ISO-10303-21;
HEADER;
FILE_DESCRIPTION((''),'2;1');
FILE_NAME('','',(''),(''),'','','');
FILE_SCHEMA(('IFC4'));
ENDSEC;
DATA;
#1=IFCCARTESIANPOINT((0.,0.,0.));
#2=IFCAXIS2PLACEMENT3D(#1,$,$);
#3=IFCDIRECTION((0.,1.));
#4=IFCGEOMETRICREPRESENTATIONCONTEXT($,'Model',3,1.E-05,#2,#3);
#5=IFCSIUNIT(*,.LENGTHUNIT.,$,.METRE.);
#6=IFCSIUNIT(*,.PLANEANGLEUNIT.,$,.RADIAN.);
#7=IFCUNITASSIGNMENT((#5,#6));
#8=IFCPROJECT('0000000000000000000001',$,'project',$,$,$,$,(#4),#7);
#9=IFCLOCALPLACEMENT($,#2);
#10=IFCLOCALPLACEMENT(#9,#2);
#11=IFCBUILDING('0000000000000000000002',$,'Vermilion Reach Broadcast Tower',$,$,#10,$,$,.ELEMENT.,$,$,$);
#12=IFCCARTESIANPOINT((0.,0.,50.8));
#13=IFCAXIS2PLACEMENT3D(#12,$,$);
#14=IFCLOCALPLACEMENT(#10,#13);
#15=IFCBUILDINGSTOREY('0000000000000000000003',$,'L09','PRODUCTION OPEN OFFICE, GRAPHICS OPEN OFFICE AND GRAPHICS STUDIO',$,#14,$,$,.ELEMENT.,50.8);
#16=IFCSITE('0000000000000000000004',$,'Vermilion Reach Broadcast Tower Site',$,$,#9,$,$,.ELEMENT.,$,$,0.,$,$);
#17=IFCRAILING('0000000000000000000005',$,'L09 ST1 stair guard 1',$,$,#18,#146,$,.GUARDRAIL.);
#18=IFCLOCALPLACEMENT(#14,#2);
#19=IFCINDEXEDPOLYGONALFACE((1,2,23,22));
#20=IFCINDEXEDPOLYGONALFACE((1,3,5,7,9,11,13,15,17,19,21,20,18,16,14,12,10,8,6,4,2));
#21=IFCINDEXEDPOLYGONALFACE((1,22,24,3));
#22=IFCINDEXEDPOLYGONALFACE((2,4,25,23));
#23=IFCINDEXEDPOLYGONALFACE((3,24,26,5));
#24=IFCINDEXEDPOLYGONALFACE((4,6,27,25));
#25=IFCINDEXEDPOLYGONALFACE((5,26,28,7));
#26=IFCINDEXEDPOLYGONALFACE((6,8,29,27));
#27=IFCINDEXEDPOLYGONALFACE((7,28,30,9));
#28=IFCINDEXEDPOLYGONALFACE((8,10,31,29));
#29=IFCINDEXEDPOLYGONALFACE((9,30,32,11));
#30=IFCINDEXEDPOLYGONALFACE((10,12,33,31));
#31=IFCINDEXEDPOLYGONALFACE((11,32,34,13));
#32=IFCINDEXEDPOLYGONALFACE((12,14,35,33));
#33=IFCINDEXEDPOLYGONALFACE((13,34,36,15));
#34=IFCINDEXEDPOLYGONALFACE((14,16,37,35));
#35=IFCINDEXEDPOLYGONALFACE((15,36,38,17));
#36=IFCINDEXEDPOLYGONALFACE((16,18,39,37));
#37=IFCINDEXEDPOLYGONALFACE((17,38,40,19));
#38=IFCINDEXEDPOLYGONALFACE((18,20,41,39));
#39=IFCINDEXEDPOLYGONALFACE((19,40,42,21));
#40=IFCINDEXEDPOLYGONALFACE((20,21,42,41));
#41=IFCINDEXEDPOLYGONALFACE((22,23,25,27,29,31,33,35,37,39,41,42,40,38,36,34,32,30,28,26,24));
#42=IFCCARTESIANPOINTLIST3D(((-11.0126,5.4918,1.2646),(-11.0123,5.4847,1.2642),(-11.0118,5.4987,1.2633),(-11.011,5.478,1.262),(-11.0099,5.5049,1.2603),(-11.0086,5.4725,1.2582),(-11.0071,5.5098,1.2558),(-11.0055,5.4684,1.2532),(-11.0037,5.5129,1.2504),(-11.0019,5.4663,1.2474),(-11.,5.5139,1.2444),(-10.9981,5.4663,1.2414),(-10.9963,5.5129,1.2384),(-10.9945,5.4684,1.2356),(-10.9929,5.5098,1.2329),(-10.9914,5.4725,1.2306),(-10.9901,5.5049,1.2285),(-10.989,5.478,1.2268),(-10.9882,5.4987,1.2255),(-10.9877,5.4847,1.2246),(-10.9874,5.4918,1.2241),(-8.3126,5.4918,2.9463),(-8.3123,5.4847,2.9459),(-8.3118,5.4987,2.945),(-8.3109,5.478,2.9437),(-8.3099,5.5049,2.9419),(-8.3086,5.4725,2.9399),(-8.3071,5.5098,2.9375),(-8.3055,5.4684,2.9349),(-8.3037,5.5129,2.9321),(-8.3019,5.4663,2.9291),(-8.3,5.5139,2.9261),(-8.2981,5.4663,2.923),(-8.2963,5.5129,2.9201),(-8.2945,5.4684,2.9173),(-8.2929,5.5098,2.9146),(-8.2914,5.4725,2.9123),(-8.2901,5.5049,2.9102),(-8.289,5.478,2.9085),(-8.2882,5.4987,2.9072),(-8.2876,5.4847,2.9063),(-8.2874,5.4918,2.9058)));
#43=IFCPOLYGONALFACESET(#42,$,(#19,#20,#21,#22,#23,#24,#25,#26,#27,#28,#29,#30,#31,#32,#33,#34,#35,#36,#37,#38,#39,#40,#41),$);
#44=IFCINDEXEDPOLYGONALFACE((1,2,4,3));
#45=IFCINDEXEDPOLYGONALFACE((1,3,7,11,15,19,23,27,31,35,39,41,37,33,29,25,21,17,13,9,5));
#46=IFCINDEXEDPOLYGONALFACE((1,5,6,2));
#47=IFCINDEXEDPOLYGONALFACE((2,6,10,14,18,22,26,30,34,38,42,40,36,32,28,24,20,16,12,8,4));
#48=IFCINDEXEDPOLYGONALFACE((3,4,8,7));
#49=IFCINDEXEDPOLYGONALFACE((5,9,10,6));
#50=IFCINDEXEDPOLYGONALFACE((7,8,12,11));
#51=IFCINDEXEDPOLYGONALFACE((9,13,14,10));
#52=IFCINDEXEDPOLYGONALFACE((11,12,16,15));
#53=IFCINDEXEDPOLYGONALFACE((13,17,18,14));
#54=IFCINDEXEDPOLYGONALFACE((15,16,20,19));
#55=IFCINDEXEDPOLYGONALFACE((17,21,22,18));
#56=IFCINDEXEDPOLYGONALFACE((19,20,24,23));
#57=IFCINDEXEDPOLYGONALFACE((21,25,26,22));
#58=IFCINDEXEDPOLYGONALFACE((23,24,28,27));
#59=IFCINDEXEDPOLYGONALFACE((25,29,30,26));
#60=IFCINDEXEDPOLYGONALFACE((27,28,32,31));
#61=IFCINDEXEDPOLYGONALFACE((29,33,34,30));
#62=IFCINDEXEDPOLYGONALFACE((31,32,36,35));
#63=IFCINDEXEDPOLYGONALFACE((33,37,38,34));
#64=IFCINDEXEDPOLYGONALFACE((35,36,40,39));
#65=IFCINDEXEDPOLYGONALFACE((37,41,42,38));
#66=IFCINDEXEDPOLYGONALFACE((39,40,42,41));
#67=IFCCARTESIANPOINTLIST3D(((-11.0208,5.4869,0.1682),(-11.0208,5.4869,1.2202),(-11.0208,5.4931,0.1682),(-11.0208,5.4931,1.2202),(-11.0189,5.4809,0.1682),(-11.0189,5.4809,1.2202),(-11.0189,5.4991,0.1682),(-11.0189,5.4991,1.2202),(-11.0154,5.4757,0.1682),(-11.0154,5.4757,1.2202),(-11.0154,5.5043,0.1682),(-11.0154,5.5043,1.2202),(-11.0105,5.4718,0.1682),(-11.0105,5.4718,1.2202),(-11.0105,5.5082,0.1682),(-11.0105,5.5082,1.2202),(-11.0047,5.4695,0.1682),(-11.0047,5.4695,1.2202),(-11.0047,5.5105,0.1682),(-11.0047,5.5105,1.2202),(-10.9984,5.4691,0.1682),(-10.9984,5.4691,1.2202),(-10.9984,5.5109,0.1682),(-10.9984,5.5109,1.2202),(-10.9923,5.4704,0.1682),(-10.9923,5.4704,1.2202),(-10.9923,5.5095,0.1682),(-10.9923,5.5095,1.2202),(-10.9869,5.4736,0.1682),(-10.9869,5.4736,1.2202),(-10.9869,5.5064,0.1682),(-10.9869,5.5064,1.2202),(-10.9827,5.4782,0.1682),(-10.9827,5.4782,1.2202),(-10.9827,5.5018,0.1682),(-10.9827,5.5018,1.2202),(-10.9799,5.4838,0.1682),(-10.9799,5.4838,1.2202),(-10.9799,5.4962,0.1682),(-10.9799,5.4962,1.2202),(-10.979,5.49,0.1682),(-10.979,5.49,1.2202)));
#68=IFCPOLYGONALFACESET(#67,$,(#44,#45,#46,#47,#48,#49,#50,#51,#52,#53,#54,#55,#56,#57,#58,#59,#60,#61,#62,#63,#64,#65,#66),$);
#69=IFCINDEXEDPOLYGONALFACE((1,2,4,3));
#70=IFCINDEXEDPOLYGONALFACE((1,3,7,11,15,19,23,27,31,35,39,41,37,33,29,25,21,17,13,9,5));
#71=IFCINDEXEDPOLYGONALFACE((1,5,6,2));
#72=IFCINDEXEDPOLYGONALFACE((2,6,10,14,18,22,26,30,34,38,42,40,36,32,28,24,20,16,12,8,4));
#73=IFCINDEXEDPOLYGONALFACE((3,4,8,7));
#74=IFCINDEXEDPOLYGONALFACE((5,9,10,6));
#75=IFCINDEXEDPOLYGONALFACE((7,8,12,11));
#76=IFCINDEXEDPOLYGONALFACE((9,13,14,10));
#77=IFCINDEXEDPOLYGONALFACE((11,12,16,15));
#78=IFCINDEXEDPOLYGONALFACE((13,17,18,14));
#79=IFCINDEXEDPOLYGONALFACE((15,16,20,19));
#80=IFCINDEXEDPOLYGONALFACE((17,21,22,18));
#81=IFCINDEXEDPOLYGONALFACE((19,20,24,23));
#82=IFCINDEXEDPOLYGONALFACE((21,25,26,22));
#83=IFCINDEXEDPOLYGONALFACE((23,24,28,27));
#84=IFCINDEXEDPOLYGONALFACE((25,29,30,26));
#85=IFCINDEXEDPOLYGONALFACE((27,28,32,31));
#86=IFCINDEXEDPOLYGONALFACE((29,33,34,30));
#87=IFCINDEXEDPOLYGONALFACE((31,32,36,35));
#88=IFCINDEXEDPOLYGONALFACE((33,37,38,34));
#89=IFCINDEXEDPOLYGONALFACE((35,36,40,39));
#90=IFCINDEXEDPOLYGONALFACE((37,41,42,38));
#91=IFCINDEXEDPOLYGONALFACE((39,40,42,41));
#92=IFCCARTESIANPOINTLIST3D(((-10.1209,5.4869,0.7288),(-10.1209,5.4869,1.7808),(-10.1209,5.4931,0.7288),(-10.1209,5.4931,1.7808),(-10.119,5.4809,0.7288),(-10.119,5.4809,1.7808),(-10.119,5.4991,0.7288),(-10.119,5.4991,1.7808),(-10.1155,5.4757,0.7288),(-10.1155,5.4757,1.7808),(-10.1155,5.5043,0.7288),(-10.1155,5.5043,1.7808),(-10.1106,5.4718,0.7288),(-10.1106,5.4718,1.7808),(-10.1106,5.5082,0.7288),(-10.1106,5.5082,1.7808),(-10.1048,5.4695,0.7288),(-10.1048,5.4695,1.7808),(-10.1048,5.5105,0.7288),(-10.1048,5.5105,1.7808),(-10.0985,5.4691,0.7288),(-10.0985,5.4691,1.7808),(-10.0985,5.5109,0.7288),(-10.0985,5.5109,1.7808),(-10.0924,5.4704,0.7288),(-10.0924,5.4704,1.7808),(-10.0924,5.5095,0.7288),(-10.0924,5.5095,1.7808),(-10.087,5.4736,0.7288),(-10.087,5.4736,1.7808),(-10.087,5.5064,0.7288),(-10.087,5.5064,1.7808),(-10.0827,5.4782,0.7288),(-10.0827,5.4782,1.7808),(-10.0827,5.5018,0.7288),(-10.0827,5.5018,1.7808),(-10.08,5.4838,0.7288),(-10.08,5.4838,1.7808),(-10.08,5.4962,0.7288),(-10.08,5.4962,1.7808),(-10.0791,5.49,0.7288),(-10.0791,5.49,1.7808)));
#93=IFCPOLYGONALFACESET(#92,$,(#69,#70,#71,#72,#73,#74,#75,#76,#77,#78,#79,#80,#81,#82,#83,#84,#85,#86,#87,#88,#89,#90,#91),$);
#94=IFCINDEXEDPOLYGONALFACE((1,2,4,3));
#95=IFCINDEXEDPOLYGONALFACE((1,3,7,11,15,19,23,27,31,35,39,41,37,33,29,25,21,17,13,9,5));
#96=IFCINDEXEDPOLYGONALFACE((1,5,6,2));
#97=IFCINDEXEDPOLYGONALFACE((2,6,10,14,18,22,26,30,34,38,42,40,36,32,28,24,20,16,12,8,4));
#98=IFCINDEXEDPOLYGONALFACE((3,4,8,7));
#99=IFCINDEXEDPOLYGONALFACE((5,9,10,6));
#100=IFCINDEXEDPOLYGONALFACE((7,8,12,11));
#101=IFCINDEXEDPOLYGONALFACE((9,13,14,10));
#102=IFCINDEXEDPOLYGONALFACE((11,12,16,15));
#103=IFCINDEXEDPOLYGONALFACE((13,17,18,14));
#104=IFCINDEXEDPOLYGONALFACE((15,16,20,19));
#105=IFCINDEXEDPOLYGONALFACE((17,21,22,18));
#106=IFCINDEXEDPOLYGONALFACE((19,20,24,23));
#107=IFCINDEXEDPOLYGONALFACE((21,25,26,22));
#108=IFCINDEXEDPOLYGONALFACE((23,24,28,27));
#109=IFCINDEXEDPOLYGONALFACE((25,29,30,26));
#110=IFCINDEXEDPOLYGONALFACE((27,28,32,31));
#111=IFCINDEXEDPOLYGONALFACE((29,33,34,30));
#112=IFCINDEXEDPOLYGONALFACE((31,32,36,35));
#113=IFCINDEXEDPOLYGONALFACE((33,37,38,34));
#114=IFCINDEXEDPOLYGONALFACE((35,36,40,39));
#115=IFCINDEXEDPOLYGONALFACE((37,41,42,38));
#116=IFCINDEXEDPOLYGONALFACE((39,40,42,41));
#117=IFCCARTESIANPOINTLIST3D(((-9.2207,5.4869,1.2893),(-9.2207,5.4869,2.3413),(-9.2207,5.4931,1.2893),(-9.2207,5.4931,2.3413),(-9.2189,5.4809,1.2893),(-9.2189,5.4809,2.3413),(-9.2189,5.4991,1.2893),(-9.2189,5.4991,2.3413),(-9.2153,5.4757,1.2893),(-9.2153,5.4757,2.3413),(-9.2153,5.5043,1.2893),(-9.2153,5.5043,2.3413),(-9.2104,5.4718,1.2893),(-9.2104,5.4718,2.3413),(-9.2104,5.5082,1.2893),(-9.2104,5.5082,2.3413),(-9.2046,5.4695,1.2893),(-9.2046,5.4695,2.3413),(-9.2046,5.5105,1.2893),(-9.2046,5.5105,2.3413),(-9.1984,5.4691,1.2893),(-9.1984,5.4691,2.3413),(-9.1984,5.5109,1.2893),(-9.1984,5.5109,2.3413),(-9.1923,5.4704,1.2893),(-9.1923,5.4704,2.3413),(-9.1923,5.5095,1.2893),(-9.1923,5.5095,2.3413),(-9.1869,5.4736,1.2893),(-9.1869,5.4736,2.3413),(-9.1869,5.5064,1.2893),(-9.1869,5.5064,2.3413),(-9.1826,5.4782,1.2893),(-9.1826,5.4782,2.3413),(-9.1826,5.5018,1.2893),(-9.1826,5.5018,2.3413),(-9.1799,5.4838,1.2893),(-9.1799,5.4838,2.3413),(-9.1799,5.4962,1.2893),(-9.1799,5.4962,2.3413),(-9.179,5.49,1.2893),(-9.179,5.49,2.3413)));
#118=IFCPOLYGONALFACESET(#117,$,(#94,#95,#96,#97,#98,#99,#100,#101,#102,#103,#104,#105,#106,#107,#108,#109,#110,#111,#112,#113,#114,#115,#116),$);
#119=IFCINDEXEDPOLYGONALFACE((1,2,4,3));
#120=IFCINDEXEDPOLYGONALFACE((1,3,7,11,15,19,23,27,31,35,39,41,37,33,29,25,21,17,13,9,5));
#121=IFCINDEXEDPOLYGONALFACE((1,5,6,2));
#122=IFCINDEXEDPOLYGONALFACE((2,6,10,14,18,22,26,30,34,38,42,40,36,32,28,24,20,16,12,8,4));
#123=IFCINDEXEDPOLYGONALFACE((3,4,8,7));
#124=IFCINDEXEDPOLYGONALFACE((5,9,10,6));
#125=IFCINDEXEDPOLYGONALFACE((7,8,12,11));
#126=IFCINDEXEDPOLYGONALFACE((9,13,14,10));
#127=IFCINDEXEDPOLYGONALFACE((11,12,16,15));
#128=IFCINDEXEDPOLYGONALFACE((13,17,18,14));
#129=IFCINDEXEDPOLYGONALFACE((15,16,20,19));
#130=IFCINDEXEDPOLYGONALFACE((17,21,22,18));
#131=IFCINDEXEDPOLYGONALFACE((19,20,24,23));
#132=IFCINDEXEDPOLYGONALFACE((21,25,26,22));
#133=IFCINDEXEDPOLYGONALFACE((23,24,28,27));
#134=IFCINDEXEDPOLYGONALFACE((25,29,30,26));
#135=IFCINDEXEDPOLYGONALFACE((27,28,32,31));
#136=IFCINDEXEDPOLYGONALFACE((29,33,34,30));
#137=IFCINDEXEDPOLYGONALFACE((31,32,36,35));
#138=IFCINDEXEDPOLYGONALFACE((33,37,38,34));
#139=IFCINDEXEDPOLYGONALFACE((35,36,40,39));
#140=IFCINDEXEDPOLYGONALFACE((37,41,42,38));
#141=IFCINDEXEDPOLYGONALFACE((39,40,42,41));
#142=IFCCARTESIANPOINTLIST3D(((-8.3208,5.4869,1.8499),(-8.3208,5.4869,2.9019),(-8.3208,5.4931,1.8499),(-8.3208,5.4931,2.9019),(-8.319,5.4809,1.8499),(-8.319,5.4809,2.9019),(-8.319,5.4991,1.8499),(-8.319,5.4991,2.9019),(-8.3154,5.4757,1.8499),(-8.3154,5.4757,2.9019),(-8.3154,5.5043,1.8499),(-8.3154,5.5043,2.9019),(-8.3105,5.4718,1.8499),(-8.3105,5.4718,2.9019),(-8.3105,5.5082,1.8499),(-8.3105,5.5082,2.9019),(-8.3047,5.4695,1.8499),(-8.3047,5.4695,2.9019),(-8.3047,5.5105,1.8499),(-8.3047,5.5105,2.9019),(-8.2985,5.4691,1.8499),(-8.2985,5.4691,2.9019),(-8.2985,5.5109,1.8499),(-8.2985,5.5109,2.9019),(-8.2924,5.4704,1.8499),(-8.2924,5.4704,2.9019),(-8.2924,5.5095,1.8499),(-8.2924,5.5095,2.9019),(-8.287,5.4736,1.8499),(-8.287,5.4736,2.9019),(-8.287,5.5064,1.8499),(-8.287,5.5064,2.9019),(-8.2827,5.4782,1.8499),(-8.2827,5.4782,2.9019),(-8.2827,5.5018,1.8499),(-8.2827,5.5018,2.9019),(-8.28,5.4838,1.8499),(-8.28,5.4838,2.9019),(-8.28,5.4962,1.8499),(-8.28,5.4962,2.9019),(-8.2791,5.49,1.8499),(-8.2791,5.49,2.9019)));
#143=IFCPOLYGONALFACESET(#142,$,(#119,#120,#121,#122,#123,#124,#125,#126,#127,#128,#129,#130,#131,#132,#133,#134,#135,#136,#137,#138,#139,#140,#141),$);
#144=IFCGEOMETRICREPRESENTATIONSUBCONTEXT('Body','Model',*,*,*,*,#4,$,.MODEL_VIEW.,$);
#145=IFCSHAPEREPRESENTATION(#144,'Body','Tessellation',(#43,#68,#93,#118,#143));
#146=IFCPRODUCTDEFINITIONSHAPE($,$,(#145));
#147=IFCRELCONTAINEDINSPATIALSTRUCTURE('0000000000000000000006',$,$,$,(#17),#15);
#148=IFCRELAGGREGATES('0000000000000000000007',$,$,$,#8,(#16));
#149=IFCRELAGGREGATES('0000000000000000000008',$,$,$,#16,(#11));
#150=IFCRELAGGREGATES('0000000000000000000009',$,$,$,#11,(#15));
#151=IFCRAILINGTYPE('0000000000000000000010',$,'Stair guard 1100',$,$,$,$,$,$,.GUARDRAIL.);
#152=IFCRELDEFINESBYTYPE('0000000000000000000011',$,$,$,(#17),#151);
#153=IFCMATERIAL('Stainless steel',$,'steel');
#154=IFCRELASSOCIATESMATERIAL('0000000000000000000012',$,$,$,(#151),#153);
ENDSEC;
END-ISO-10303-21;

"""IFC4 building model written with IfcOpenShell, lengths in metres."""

from ifc_helpers import new_model, si_unit, direction, frame, origin, origin_2d, place, context, subcontext, project, spatial, circle, extrude, material, type_object, element, save


model = new_model("IFC4")

# Units and contexts
model_context = context("Model", 3, precision=1e-05, world=origin(), true_north=direction((0.0, 1.0)))
body_context = subcontext(model_context, "Body", "Model", "MODEL_VIEW")
ifc_project = project(units=[si_unit("LENGTHUNIT", "METRE"), si_unit("PLANEANGLEUNIT", "RADIAN")], contexts=[model_context])

# Site, building, storey
site_placement = place(None, origin())
site = spatial("IfcSite", under=ifc_project, at=site_placement, Name="Vermilion Reach Broadcast Tower Site", CompositionType="ELEMENT", RefElevation=0.0)
building_placement = place(site_placement, origin())
building = spatial("IfcBuilding", under=site, at=building_placement, Name="Vermilion Reach Broadcast Tower", CompositionType="ELEMENT")
storey_placement = place(building_placement, frame((0.0, 0.0, 50.8)))
storey = spatial("IfcBuildingStorey", under=building, at=storey_placement, Name="L09", Description="PRODUCTION OPEN OFFICE, GRAPHICS OPEN OFFICE AND GRAPHICS STUDIO", CompositionType="ELEMENT", Elevation=50.8)

# Railing
ifc_material_1 = material(Name="Stainless steel", Category="steel")
railing_type_1 = type_object("IfcRailingType", Name="Stair guard 1100", PredefinedType="GUARDRAIL", material=ifc_material_1)
railing_1_placement = place(storey_placement, frame((-11.0, 5.49, 0.1682)))
element("IfcRailing", 1, at=railing_1_placement, inside=storey, type_object=railing_type_1, Name="L09 ST1 stair guard 1", PredefinedType="GUARDRAIL", context=body_context, shape_type="SweptSolid", body=[
    extrude(circle(Radius=0.0239, at=origin_2d()), frame((0.0, 0.0, 1.0762), z_axis=(0.848821, 0.0, 0.528681), x_axis=(0.0, 1.0, 0.0)), (0.0, 0.0, 1.0), 3.1809),
    extrude(circle(Radius=0.021, at=origin_2d()), origin(), (0.0, 0.0, 1.0), 1.052),
    extrude(circle(Radius=0.021, at=origin_2d()), frame((0.8999, 0.0, 0.5605)), (0.0, 0.0, 1.0), 1.052),
    extrude(circle(Radius=0.021, at=origin_2d()), frame((1.8, 0.0, 1.1211)), (0.0, 0.0, 1.0), 1.052),
    extrude(circle(Radius=0.021, at=origin_2d()), frame((2.7, 0.0, 1.6816)), (0.0, 0.0, 1.0), 1.052),
])

save(model, "model.ifc")
